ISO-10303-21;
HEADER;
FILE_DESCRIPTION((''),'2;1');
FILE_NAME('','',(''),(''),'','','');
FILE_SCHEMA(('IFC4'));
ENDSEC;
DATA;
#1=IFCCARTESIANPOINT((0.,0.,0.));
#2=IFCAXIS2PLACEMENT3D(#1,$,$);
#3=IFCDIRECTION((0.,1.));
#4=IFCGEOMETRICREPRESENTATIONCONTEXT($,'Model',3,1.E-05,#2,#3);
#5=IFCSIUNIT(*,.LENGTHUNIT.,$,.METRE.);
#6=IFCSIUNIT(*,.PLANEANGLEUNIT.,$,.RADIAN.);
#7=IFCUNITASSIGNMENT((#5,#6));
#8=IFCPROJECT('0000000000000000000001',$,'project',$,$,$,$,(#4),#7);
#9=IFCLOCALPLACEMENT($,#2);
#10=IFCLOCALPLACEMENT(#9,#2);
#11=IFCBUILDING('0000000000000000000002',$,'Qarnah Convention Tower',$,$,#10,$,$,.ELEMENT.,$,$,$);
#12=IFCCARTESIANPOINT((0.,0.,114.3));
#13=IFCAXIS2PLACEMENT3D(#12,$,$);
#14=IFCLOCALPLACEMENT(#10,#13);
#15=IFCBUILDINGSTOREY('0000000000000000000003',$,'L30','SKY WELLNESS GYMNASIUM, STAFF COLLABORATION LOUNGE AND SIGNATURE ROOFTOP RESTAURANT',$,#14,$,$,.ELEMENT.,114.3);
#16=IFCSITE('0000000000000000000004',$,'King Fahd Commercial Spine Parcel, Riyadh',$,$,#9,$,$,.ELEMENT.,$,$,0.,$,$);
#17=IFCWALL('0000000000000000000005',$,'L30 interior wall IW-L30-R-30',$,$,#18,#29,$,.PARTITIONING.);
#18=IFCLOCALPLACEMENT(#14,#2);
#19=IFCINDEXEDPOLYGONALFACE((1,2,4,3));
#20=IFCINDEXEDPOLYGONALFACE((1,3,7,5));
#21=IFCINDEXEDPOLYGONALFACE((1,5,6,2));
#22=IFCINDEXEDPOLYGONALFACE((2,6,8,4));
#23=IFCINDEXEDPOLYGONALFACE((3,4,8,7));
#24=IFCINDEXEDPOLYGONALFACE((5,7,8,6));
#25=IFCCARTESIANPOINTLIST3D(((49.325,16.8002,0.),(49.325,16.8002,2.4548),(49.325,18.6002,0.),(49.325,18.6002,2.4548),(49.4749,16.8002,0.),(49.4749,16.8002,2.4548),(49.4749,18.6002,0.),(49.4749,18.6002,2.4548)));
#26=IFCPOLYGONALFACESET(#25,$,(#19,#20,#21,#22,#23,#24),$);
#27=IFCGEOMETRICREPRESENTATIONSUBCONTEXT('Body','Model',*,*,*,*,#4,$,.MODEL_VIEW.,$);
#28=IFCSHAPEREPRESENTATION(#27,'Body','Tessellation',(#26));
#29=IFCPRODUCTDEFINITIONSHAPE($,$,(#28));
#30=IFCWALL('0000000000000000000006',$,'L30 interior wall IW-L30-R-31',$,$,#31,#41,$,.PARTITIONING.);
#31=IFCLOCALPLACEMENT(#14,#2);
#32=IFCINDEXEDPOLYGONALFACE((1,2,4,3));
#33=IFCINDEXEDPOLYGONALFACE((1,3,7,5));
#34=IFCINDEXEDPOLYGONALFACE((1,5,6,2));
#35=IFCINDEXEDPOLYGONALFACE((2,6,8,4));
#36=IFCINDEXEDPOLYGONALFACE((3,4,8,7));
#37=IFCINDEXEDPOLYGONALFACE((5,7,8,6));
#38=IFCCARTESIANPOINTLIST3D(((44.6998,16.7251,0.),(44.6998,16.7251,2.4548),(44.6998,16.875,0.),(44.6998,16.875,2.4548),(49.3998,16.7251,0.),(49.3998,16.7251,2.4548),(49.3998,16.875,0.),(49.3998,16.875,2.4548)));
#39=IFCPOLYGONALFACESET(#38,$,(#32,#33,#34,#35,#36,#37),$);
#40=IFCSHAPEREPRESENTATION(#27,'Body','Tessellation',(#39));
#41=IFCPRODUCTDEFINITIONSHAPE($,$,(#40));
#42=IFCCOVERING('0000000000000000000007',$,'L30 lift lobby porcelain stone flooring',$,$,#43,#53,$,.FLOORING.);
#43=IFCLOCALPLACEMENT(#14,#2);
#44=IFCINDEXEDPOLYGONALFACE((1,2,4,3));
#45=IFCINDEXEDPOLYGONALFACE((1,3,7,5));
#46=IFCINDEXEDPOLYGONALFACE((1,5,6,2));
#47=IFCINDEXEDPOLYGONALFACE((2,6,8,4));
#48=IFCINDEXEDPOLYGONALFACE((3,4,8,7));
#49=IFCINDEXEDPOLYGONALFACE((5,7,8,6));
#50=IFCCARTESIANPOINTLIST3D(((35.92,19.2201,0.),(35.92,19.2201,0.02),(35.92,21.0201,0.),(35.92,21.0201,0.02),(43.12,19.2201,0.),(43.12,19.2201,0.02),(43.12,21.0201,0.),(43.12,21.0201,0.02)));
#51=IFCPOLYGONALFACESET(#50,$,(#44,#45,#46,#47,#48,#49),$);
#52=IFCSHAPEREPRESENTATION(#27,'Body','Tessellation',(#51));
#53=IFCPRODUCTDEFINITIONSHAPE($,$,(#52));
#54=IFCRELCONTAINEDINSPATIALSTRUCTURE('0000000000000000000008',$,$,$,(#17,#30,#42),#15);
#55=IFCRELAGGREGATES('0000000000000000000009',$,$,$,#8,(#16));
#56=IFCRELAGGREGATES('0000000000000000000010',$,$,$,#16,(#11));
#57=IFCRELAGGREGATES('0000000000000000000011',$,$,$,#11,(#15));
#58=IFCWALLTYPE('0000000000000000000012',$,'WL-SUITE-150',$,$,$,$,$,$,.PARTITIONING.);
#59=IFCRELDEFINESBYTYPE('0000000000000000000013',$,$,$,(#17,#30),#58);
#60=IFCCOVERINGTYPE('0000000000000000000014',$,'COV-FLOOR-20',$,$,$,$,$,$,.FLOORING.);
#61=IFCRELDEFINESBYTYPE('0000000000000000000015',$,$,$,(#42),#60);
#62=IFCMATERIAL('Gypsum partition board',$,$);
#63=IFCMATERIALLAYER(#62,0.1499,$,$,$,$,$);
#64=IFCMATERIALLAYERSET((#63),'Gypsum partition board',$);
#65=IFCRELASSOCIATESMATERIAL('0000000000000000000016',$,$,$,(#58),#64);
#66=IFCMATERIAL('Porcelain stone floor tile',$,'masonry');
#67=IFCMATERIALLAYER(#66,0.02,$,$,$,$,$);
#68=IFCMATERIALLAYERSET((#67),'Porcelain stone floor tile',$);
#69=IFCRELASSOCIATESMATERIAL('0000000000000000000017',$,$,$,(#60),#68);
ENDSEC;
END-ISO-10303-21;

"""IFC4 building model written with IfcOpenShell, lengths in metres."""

from ifc_helpers import new_model, si_unit, direction, frame, frame_2d, origin, origin_2d, place, context, subcontext, project, spatial, rectangle, extrude, material, layer, layer_set, type_object, element, save


model = new_model("IFC4")

# Units and contexts
model_context = context("Model", 3, precision=1e-05, world=origin(), true_north=direction((0.0, 1.0)))
body_context = subcontext(model_context, "Body", "Model", "MODEL_VIEW")
ifc_project = project(units=[si_unit("LENGTHUNIT", "METRE"), si_unit("PLANEANGLEUNIT", "RADIAN")], contexts=[model_context])

# Site, building, storey
site_placement = place(None, origin())
site = spatial("IfcSite", under=ifc_project, at=site_placement, Name="King Fahd Commercial Spine Parcel, Riyadh", CompositionType="ELEMENT", RefElevation=0.0)
building_placement = place(site_placement, origin())
building = spatial("IfcBuilding", under=site, at=building_placement, Name="Qarnah Convention Tower", CompositionType="ELEMENT")
storey_placement = place(building_placement, frame((0.0, 0.0, 114.3)))
storey = spatial("IfcBuildingStorey", under=building, at=storey_placement, Name="L30", Description="SKY WELLNESS GYMNASIUM, STAFF COLLABORATION LOUNGE AND SIGNATURE ROOFTOP RESTAURANT", CompositionType="ELEMENT", Elevation=114.3)

# Shared definitions
ifc_material_1 = material(Name="Gypsum partition board")
ifc_layer_1 = layer(ifc_material_1, 0.1499)
ifc_layer_set_1 = layer_set([ifc_layer_1], Name="Gypsum partition board")
wall_type_1 = type_object("IfcWallType", Name="WL-SUITE-150", PredefinedType="PARTITIONING", material=ifc_layer_set_1)

# Walls
wall_1_placement = place(storey_placement, frame((49.3999, 18.6001, 0.0), z_axis=(0.0, 0.0, 1.0), x_axis=(0.0, -1.0, 0.0)))
element("IfcWall", 1, at=wall_1_placement, inside=storey, type_object=wall_type_1, Name="L30 interior wall IW-L30-R-30", PredefinedType="PARTITIONING", context=body_context, shape_type="SweptSolid", body=[
    extrude(rectangle(XDim=1.8, YDim=0.1499, at=frame_2d((0.8999, 0.0))), origin(), (0.0, 0.0, 1.0), 2.4548),
])
wall_2_placement = place(storey_placement, frame((49.3999, 16.8, 0.0), z_axis=(0.0, 0.0, 1.0), x_axis=(-1.0, 0.0, 0.0)))
element("IfcWall", 2, at=wall_2_placement, inside=storey, type_object=wall_type_1, Name="L30 interior wall IW-L30-R-31", PredefinedType="PARTITIONING", context=body_context, shape_type="SweptSolid", body=[
    extrude(rectangle(XDim=4.7, YDim=0.1499, at=frame_2d((2.3501, 0.0))), origin(), (0.0, 0.0, 1.0), 2.4548),
])

# Covering
ifc_material_2 = material(Name="Porcelain stone floor tile", Category="masonry")
ifc_layer_2 = layer(ifc_material_2, 0.02)
ifc_layer_set_2 = layer_set([ifc_layer_2], Name="Porcelain stone floor tile")
covering_type = type_object("IfcCoveringType", Name="COV-FLOOR-20", PredefinedType="FLOORING", material=ifc_layer_set_2)
covering_placement = place(storey_placement, frame((39.52, 20.1201, 0.0), z_axis=(0.0, 0.0, 1.0), x_axis=(1.0, 0.0, 0.0)))
element("IfcCovering", 3, at=covering_placement, inside=storey, type_object=covering_type, Name="L30 lift lobby porcelain stone flooring", PredefinedType="FLOORING", context=body_context, shape_type="SweptSolid", body=[
    extrude(rectangle(XDim=7.2, YDim=1.8, at=origin_2d()), origin(), (0.0, 0.0, 1.0), 0.02),
])

save(model, "model.ifc")
